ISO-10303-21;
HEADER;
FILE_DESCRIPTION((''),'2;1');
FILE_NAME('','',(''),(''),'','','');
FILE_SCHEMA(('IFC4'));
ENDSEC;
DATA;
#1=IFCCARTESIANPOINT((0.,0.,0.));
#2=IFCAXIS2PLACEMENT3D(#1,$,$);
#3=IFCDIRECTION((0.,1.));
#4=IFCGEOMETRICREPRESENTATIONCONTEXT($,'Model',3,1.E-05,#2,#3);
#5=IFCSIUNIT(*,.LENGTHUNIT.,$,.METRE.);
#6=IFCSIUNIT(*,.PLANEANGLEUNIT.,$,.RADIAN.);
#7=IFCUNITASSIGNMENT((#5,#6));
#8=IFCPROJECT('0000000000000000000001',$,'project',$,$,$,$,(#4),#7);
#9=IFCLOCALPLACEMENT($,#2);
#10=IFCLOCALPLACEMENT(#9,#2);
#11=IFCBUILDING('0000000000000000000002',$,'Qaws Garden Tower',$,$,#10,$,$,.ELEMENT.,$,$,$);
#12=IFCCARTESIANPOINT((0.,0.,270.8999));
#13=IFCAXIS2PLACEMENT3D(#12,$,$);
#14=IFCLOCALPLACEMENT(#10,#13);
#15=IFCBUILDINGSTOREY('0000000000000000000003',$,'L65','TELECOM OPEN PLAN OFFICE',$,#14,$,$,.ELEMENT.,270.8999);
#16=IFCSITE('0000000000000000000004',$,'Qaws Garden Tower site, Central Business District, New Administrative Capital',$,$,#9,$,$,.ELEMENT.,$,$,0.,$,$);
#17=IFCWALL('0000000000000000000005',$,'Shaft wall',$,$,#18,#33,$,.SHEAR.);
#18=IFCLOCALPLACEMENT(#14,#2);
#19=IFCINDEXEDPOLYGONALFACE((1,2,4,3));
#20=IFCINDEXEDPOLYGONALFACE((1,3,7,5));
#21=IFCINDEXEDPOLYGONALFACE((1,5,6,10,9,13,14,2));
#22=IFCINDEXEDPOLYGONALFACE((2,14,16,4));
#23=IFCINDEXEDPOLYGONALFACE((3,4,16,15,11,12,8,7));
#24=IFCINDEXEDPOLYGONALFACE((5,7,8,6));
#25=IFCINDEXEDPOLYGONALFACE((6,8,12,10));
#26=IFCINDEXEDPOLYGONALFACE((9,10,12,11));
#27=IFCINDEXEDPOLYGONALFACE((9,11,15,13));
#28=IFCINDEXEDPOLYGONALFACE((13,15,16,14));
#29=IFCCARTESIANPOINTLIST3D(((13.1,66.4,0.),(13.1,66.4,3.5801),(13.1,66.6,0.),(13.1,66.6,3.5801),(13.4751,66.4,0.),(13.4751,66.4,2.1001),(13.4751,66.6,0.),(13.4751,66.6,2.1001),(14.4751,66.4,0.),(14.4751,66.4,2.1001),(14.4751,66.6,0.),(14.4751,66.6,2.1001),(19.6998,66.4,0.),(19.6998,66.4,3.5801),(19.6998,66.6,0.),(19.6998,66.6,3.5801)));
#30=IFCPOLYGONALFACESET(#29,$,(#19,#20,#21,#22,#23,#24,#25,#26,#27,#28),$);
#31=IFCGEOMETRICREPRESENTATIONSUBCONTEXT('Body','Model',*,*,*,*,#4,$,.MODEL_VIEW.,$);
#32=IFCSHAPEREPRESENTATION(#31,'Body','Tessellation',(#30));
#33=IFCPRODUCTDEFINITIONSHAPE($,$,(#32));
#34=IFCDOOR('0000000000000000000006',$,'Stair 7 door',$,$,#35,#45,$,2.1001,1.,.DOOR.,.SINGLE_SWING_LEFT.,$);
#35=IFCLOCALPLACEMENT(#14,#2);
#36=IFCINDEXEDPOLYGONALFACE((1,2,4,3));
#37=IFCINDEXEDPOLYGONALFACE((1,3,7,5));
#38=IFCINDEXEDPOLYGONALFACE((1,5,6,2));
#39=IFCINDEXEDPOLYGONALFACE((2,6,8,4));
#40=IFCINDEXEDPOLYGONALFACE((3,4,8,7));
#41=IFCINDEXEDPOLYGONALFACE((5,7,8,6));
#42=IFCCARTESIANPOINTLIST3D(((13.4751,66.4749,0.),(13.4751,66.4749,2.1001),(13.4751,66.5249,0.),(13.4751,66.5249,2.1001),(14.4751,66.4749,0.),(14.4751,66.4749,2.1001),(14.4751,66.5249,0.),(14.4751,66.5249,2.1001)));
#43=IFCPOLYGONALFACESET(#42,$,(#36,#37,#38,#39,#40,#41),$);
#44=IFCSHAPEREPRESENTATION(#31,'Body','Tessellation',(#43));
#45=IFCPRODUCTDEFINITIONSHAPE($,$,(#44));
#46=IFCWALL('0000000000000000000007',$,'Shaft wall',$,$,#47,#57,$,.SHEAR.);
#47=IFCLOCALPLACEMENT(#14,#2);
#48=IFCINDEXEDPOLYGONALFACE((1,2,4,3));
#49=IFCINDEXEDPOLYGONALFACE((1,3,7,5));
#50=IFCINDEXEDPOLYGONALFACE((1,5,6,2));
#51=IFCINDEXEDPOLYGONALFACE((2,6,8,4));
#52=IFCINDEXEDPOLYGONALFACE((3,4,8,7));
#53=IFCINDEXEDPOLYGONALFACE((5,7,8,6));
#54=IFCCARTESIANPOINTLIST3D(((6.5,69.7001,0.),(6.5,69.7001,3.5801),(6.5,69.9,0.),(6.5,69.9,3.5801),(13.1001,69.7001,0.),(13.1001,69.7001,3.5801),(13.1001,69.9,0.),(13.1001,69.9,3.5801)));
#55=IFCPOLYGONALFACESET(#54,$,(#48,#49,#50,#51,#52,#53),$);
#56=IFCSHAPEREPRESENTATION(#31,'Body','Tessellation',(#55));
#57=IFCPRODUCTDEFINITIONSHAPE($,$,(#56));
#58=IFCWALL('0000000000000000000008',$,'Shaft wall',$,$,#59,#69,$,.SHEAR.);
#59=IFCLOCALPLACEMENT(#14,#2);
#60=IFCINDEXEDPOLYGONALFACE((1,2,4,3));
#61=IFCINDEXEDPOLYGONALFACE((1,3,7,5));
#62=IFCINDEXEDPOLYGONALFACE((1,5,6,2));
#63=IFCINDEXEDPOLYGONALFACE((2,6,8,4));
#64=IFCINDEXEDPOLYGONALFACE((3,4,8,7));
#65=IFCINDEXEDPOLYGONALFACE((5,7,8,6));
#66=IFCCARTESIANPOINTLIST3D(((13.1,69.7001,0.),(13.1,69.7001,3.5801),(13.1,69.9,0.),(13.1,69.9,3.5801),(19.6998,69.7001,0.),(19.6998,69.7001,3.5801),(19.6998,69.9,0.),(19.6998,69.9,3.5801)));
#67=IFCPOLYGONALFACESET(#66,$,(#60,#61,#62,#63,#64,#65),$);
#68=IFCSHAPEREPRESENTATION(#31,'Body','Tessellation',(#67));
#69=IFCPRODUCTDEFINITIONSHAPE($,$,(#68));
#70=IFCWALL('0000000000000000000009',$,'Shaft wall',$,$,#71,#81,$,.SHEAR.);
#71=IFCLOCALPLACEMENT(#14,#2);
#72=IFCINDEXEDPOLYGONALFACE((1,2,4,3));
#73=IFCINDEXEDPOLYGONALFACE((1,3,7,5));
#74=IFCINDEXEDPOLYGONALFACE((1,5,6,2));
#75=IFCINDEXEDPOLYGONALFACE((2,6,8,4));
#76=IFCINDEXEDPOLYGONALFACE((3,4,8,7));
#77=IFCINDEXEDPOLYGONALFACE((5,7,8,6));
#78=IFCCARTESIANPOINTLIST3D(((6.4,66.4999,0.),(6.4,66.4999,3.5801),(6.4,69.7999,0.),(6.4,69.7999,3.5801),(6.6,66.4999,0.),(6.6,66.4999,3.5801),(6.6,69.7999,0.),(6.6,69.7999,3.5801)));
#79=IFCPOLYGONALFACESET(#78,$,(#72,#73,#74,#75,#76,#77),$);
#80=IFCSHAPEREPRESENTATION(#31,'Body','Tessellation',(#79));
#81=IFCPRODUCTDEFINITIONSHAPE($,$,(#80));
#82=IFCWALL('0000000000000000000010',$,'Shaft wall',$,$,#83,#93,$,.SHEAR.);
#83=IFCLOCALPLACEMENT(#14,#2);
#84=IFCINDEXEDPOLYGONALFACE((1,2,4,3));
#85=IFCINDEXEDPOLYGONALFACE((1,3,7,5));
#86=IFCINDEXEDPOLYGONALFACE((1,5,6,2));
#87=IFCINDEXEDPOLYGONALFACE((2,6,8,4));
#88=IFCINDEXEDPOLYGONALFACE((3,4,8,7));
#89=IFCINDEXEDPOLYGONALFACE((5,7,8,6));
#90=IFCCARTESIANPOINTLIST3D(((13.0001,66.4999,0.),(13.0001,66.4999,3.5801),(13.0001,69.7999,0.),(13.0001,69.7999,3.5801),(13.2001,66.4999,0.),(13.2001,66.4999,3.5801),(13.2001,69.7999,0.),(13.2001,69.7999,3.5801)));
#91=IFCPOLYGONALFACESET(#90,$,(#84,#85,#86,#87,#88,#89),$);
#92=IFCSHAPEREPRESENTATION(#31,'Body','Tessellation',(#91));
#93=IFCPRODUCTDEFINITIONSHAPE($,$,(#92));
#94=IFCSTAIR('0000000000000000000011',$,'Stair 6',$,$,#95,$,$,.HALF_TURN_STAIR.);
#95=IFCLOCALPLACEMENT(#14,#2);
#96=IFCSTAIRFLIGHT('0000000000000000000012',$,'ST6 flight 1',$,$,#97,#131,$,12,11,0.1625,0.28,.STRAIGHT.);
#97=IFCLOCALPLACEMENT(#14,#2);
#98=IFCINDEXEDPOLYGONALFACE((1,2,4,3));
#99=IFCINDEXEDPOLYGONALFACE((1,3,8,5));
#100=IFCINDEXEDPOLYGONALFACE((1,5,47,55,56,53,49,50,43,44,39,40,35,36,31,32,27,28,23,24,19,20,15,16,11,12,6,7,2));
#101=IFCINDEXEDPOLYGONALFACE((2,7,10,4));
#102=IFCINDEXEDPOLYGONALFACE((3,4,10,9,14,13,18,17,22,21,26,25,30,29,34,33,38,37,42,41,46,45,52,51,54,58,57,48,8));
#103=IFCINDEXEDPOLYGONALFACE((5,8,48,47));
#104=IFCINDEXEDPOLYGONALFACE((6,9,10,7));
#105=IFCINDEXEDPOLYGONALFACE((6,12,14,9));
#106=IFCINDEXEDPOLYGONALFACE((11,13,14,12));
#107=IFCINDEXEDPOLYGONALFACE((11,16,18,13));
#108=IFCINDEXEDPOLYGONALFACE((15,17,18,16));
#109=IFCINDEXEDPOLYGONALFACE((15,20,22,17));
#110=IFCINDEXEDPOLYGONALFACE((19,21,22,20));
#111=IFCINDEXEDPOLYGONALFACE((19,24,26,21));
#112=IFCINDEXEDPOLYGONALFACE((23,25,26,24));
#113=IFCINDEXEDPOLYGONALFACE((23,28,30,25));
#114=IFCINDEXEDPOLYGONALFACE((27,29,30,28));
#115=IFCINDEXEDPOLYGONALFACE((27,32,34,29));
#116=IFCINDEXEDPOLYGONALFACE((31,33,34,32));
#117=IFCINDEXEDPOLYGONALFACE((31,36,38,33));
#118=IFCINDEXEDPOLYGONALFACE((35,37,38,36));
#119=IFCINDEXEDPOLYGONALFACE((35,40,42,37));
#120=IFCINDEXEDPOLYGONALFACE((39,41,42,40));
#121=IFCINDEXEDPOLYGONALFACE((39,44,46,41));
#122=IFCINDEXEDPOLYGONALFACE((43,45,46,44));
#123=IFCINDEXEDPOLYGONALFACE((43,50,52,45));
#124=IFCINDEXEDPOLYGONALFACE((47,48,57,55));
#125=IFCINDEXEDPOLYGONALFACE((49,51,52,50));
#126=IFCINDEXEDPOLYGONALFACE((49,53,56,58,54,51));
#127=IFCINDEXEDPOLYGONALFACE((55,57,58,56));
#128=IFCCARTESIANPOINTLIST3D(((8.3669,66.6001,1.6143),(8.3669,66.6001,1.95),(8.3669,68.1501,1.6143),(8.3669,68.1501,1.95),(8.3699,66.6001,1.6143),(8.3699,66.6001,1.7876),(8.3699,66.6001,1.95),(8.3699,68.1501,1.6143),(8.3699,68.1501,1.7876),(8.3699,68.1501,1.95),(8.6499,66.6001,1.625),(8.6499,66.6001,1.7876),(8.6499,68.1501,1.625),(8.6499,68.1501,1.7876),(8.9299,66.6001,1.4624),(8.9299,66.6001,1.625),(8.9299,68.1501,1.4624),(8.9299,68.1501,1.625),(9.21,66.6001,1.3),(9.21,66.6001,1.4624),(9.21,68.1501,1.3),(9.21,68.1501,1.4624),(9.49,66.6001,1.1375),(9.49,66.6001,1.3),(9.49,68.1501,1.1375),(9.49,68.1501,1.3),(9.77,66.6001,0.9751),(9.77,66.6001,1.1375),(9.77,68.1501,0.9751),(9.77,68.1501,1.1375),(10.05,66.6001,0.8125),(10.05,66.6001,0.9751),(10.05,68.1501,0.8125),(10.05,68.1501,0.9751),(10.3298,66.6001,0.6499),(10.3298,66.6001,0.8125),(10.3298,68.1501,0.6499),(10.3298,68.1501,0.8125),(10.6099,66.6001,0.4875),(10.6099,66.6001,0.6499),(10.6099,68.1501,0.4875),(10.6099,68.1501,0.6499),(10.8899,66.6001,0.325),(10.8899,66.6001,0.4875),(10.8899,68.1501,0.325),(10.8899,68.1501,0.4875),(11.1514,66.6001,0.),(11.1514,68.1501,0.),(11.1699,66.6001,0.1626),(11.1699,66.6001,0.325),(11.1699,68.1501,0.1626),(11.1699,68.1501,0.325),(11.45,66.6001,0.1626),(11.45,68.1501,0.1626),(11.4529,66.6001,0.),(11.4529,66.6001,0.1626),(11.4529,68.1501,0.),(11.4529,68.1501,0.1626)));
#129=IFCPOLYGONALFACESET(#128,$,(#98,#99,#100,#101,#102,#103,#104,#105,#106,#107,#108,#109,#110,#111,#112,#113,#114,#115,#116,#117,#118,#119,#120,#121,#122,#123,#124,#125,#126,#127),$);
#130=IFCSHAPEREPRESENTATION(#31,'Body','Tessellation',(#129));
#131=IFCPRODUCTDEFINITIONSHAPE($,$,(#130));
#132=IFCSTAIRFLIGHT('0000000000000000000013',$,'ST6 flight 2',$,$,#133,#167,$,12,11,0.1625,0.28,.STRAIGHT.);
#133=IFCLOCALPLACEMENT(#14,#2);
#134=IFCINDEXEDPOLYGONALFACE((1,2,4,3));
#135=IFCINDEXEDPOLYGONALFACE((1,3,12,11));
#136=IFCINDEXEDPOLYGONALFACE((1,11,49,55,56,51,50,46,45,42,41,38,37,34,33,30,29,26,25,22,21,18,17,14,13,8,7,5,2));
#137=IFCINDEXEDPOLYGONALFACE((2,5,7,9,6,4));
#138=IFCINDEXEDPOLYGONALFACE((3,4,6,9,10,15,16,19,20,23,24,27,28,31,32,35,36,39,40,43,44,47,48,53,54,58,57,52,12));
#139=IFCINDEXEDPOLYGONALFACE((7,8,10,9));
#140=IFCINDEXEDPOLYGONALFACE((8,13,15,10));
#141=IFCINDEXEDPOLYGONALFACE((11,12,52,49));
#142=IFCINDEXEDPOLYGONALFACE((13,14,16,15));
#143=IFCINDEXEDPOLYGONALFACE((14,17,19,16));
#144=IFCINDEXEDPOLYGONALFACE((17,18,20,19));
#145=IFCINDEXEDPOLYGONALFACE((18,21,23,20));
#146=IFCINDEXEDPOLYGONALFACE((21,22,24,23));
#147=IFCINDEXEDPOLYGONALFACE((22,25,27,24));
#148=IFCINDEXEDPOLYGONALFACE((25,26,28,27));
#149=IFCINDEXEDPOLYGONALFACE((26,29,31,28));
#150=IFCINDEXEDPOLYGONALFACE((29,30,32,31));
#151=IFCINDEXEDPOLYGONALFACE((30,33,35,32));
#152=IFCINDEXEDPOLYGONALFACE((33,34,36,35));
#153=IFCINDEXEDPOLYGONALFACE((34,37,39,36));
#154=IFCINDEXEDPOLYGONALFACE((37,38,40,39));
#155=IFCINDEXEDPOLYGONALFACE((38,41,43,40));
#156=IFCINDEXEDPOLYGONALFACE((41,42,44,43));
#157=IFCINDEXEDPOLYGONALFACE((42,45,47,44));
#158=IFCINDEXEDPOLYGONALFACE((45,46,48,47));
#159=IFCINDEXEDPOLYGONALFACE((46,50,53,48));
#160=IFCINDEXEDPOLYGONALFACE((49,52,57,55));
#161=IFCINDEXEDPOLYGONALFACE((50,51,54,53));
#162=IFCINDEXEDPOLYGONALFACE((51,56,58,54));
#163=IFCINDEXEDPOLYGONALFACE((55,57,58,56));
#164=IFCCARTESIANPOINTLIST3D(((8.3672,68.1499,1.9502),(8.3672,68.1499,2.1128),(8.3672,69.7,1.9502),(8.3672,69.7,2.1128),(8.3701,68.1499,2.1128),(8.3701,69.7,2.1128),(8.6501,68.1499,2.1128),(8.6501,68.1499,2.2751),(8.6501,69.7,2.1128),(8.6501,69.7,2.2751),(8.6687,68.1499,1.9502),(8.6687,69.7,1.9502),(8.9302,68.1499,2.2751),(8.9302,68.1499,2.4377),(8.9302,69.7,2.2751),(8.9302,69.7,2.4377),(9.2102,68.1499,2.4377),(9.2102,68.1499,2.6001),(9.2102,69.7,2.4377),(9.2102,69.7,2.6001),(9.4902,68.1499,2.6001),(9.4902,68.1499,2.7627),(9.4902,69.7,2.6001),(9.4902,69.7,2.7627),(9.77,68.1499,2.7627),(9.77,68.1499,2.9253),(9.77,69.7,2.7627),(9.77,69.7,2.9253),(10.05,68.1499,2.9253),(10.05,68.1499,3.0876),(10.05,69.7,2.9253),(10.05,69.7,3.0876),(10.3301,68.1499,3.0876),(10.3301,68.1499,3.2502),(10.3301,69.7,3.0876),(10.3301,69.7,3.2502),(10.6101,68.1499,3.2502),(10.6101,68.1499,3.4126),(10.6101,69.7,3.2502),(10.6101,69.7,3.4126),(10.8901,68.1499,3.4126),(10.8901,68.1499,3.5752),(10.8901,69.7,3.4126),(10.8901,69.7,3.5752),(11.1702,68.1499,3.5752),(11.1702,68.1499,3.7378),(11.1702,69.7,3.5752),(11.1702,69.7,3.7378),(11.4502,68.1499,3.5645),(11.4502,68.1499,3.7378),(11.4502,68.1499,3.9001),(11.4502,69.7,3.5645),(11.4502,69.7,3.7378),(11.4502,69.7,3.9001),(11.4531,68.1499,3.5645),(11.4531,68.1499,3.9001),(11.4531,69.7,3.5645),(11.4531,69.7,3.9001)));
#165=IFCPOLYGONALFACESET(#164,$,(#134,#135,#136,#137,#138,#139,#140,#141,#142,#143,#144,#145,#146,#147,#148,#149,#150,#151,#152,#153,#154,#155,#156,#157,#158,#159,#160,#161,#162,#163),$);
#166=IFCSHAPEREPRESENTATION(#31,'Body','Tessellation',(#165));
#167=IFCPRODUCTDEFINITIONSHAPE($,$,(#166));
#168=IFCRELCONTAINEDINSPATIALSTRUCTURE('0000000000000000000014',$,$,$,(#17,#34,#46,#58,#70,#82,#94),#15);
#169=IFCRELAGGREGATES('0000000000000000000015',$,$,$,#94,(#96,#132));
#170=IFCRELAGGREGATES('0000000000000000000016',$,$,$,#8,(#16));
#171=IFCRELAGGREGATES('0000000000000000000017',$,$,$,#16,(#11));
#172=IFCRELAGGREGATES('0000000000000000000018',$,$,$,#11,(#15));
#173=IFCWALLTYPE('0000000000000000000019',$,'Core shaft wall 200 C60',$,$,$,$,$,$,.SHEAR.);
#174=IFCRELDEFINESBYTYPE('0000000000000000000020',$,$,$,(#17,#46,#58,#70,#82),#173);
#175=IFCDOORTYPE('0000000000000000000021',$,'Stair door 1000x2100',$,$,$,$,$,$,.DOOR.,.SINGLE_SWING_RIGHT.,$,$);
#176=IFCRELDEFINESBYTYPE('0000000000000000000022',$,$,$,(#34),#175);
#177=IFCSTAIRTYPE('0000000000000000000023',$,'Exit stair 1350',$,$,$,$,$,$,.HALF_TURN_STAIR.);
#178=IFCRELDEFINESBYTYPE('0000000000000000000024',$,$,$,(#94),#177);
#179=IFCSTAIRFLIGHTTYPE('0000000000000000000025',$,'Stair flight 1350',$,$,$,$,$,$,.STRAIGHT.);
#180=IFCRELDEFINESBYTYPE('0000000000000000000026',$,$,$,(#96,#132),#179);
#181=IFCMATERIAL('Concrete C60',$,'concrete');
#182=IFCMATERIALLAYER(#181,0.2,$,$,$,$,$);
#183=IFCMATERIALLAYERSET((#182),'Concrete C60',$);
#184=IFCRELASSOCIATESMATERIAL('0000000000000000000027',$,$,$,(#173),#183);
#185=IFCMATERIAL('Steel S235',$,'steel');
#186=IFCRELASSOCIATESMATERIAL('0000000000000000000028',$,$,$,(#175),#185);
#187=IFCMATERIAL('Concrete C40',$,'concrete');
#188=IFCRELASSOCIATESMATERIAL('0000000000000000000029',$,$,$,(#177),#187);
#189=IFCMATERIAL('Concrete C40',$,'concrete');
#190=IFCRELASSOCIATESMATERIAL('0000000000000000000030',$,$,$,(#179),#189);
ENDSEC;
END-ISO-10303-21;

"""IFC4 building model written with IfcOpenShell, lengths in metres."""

from ifc_helpers import new_model, si_unit, direction, frame, frame_2d, origin, place, context, subcontext, project, spatial, polyline, rectangle, outline, extrude, material, layer, layer_set, type_object, element, fill, aggregate, save


model = new_model("IFC4")

# Units and contexts
model_context = context("Model", 3, precision=1e-05, world=origin(), true_north=direction((0.0, 1.0)))
body_context = subcontext(model_context, "Body", "Model", "MODEL_VIEW")
ifc_project = project(units=[si_unit("LENGTHUNIT", "METRE"), si_unit("PLANEANGLEUNIT", "RADIAN")], contexts=[model_context])

# Site, building, storey
site_placement = place(None, origin())
site = spatial("IfcSite", under=ifc_project, at=site_placement, Name="Qaws Garden Tower site, Central Business District, New Administrative Capital", CompositionType="ELEMENT", RefElevation=0.0)
building_placement = place(site_placement, origin())
building = spatial("IfcBuilding", under=site, at=building_placement, Name="Qaws Garden Tower", CompositionType="ELEMENT")
storey_placement = place(building_placement, frame((0.0, 0.0, 270.8999)))
storey = spatial("IfcBuildingStorey", under=building, at=storey_placement, Name="L65", Description="TELECOM OPEN PLAN OFFICE", CompositionType="ELEMENT", Elevation=270.8999)

# Wall, opening, door
ifc_material_1 = material(Name="Concrete C60", Category="concrete")
ifc_layer_1 = layer(ifc_material_1, 0.2)
ifc_layer_set_1 = layer_set([ifc_layer_1], Name="Concrete C60")
wall_type_1 = type_object("IfcWallType", Name="Core shaft wall 200 C60", PredefinedType="SHEAR", material=ifc_layer_set_1)
ifc_material_2 = material(Name="Steel S235", Category="steel")
door_type = type_object("IfcDoorType", Name="Stair door 1000x2100", OperationType="SINGLE_SWING_RIGHT", PredefinedType="DOOR", material=ifc_material_2)
wall_1_placement = place(storey_placement, frame((13.1001, 66.5, 0.0), z_axis=(0.0, 0.0, 1.0), x_axis=(1.0, 0.0, 0.0)))
wall_1 = element("IfcWall", 1, at=wall_1_placement, inside=storey, type_object=wall_type_1, Name="Shaft wall", PredefinedType="SHEAR", context=body_context, shape_type="SweptSolid", body=[
    extrude(rectangle(XDim=6.5999, YDim=0.2, at=frame_2d((3.2998, 0.0))), origin(), (0.0, 0.0, 1.0), 3.5801),
])
opening_1_placement = place(wall_1_placement, frame((0.375, 0.0, 0.0)))
opening_1 = element("IfcOpeningElement", 2, at=opening_1_placement, cuts=wall_1, PredefinedType="OPENING", context=body_context, shape_type="SweptSolid", body=[
    extrude(rectangle(XDim=1.0, YDim=2.1001, at=frame_2d((0.5, 1.05))), frame((0.0, 0.1099, 0.0), z_axis=(0.0, -1.0, 0.0), x_axis=(1.0, 0.0, 0.0)), (0.0, 0.0, 1.0), 0.22),
])
door_1_placement = place(opening_1_placement, origin())
door_1 = element("IfcDoor", 3, at=door_1_placement, inside=storey, type_object=door_type, Name="Stair 7 door", OperationType="SINGLE_SWING_LEFT", OverallHeight=2.1001, OverallWidth=1.0, PredefinedType="DOOR", context=body_context, shape_type="SweptSolid", body=[
    extrude(rectangle(XDim=1.0, YDim=2.1001, at=frame_2d((0.5, 1.05))), frame((0.0, 0.0249, 0.0), z_axis=(0.0, -1.0, 0.0), x_axis=(1.0, 0.0, 0.0)), (0.0, 0.0, 1.0), 0.05),
])
fill(opening_1, door_1)

# Walls
wall_2_placement = place(storey_placement, frame((6.5, 69.8, 0.0), z_axis=(0.0, 0.0, 1.0), x_axis=(1.0, 0.0, 0.0)))
element("IfcWall", 4, at=wall_2_placement, inside=storey, type_object=wall_type_1, Name="Shaft wall", PredefinedType="SHEAR", context=body_context, shape_type="SweptSolid", body=[
    extrude(rectangle(XDim=6.6001, YDim=0.2, at=frame_2d((3.3, 0.0))), origin(), (0.0, 0.0, 1.0), 3.5801),
])
wall_3_placement = place(storey_placement, frame((13.1001, 69.8, 0.0), z_axis=(0.0, 0.0, 1.0), x_axis=(1.0, 0.0, 0.0)))
element("IfcWall", 5, at=wall_3_placement, inside=storey, type_object=wall_type_1, Name="Shaft wall", PredefinedType="SHEAR", context=body_context, shape_type="SweptSolid", body=[
    extrude(rectangle(XDim=6.5999, YDim=0.2, at=frame_2d((3.2998, 0.0))), origin(), (0.0, 0.0, 1.0), 3.5801),
])
for number, where, z_axis, x_axis, name in (
    (6, (6.5, 66.5, 0.0), (0.0, 0.0, 1.0), (0.0, 1.0, 0.0), "Shaft wall"),
    (7, (13.1001, 66.5, 0.0), (0.0, 0.0, 1.0), (0.0, 1.0, 0.0), "Shaft wall"),
):
    element("IfcWall", number, at=place(storey_placement, frame(where, z_axis=z_axis, x_axis=x_axis)), inside=storey, type_object=wall_type_1, Name=name, PredefinedType="SHEAR", context=body_context, shape_type="SweptSolid", body=[
        extrude(rectangle(XDim=3.3, YDim=0.2, at=frame_2d((1.6499, 0.0))), origin(), (0.0, 0.0, 1.0), 3.5801),
    ])

# Stair, stair flights
ifc_material_3 = material(Name="Concrete C40", Category="concrete")
stair_type = type_object("IfcStairType", Name="Exit stair 1350", PredefinedType="HALF_TURN_STAIR", material=ifc_material_3)
stair_placement = place(storey_placement, origin())
stair = element("IfcStair", 8, at=stair_placement, inside=storey, type_object=stair_type, Name="Stair 6", PredefinedType="HALF_TURN_STAIR")
ifc_material_4 = material(Name="Concrete C40", Category="concrete")
stair_flight_type = type_object("IfcStairFlightType", Name="Stair flight 1350", PredefinedType="STRAIGHT", material=ifc_material_4)
stair_flight_1_placement = place(storey_placement, frame((11.45, 67.375, 0.0), z_axis=(0.0, 0.0, 1.0), x_axis=(-1.0, 0.0, 0.0)))
stair_flight_1 = element("IfcStairFlight", 9, at=stair_flight_1_placement, type_object=stair_flight_type, Name="ST6 flight 1", NumberOfRisers=12, NumberOfTreads=11, PredefinedType="STRAIGHT", RiserHeight=0.1625, TreadLength=0.28, context=body_context, shape_type="SweptSolid", body=[
    extrude(outline(polyline([(-0.0029, 0.0), (-0.0029, 0.1626), (0.0, 0.1626), (0.28, 0.1626), (0.28, 0.325), (0.5601, 0.325), (0.5601, 0.4875), (0.8401, 0.4875), (0.8401, 0.6499), (1.1201, 0.6499), (1.1201, 0.8125), (1.3999, 0.8125), (1.3999, 0.9751), (1.6799, 0.9751), (1.6799, 1.1375), (1.96, 1.1375), (1.96, 1.3), (2.24, 1.3), (2.24, 1.4624), (2.52, 1.4624), (2.52, 1.625), (2.8, 1.625), (2.8, 1.7876), (3.0801, 1.7876), (3.0801, 1.95), (3.083, 1.95), (3.083, 1.6143), (3.0801, 1.6143), (0.2986, 0.0), (-0.0029, 0.0)])), frame((0.0, 0.7749, 0.0), z_axis=(0.0, -1.0, 0.0), x_axis=(1.0, 0.0, 0.0)), (0.0, 0.0, 1.0), 1.55),
])
stair_flight_2_placement = place(storey_placement, frame((8.3701, 68.925, 1.9502), z_axis=(0.0, 0.0, 1.0), x_axis=(1.0, 0.0, 0.0)))
stair_flight_2 = element("IfcStairFlight", 10, at=stair_flight_2_placement, type_object=stair_flight_type, Name="ST6 flight 2", NumberOfRisers=12, NumberOfTreads=11, PredefinedType="STRAIGHT", RiserHeight=0.1625, TreadLength=0.28, context=body_context, shape_type="SweptSolid", body=[
    extrude(outline(polyline([(-0.0029, 0.0), (-0.0029, 0.1626), (0.0, 0.1626), (0.28, 0.1626), (0.28, 0.325), (0.5601, 0.325), (0.5601, 0.4875), (0.8401, 0.4875), (0.8401, 0.6499), (1.1201, 0.6499), (1.1201, 0.8125), (1.3999, 0.8125), (1.3999, 0.9751), (1.6799, 0.9751), (1.6799, 1.1375), (1.96, 1.1375), (1.96, 1.3), (2.24, 1.3), (2.24, 1.4624), (2.52, 1.4624), (2.52, 1.625), (2.8, 1.625), (2.8, 1.7876), (3.0801, 1.7876), (3.0801, 1.95), (3.083, 1.95), (3.083, 1.6143), (3.0801, 1.6143), (0.2986, 0.0), (-0.0029, 0.0)])), frame((0.0, 0.7749, 0.0), z_axis=(0.0, -1.0, 0.0), x_axis=(1.0, 0.0, 0.0)), (0.0, 0.0, 1.0), 1.55),
])
aggregate(stair, [stair_flight_1, stair_flight_2])

save(model, "model.ifc")
